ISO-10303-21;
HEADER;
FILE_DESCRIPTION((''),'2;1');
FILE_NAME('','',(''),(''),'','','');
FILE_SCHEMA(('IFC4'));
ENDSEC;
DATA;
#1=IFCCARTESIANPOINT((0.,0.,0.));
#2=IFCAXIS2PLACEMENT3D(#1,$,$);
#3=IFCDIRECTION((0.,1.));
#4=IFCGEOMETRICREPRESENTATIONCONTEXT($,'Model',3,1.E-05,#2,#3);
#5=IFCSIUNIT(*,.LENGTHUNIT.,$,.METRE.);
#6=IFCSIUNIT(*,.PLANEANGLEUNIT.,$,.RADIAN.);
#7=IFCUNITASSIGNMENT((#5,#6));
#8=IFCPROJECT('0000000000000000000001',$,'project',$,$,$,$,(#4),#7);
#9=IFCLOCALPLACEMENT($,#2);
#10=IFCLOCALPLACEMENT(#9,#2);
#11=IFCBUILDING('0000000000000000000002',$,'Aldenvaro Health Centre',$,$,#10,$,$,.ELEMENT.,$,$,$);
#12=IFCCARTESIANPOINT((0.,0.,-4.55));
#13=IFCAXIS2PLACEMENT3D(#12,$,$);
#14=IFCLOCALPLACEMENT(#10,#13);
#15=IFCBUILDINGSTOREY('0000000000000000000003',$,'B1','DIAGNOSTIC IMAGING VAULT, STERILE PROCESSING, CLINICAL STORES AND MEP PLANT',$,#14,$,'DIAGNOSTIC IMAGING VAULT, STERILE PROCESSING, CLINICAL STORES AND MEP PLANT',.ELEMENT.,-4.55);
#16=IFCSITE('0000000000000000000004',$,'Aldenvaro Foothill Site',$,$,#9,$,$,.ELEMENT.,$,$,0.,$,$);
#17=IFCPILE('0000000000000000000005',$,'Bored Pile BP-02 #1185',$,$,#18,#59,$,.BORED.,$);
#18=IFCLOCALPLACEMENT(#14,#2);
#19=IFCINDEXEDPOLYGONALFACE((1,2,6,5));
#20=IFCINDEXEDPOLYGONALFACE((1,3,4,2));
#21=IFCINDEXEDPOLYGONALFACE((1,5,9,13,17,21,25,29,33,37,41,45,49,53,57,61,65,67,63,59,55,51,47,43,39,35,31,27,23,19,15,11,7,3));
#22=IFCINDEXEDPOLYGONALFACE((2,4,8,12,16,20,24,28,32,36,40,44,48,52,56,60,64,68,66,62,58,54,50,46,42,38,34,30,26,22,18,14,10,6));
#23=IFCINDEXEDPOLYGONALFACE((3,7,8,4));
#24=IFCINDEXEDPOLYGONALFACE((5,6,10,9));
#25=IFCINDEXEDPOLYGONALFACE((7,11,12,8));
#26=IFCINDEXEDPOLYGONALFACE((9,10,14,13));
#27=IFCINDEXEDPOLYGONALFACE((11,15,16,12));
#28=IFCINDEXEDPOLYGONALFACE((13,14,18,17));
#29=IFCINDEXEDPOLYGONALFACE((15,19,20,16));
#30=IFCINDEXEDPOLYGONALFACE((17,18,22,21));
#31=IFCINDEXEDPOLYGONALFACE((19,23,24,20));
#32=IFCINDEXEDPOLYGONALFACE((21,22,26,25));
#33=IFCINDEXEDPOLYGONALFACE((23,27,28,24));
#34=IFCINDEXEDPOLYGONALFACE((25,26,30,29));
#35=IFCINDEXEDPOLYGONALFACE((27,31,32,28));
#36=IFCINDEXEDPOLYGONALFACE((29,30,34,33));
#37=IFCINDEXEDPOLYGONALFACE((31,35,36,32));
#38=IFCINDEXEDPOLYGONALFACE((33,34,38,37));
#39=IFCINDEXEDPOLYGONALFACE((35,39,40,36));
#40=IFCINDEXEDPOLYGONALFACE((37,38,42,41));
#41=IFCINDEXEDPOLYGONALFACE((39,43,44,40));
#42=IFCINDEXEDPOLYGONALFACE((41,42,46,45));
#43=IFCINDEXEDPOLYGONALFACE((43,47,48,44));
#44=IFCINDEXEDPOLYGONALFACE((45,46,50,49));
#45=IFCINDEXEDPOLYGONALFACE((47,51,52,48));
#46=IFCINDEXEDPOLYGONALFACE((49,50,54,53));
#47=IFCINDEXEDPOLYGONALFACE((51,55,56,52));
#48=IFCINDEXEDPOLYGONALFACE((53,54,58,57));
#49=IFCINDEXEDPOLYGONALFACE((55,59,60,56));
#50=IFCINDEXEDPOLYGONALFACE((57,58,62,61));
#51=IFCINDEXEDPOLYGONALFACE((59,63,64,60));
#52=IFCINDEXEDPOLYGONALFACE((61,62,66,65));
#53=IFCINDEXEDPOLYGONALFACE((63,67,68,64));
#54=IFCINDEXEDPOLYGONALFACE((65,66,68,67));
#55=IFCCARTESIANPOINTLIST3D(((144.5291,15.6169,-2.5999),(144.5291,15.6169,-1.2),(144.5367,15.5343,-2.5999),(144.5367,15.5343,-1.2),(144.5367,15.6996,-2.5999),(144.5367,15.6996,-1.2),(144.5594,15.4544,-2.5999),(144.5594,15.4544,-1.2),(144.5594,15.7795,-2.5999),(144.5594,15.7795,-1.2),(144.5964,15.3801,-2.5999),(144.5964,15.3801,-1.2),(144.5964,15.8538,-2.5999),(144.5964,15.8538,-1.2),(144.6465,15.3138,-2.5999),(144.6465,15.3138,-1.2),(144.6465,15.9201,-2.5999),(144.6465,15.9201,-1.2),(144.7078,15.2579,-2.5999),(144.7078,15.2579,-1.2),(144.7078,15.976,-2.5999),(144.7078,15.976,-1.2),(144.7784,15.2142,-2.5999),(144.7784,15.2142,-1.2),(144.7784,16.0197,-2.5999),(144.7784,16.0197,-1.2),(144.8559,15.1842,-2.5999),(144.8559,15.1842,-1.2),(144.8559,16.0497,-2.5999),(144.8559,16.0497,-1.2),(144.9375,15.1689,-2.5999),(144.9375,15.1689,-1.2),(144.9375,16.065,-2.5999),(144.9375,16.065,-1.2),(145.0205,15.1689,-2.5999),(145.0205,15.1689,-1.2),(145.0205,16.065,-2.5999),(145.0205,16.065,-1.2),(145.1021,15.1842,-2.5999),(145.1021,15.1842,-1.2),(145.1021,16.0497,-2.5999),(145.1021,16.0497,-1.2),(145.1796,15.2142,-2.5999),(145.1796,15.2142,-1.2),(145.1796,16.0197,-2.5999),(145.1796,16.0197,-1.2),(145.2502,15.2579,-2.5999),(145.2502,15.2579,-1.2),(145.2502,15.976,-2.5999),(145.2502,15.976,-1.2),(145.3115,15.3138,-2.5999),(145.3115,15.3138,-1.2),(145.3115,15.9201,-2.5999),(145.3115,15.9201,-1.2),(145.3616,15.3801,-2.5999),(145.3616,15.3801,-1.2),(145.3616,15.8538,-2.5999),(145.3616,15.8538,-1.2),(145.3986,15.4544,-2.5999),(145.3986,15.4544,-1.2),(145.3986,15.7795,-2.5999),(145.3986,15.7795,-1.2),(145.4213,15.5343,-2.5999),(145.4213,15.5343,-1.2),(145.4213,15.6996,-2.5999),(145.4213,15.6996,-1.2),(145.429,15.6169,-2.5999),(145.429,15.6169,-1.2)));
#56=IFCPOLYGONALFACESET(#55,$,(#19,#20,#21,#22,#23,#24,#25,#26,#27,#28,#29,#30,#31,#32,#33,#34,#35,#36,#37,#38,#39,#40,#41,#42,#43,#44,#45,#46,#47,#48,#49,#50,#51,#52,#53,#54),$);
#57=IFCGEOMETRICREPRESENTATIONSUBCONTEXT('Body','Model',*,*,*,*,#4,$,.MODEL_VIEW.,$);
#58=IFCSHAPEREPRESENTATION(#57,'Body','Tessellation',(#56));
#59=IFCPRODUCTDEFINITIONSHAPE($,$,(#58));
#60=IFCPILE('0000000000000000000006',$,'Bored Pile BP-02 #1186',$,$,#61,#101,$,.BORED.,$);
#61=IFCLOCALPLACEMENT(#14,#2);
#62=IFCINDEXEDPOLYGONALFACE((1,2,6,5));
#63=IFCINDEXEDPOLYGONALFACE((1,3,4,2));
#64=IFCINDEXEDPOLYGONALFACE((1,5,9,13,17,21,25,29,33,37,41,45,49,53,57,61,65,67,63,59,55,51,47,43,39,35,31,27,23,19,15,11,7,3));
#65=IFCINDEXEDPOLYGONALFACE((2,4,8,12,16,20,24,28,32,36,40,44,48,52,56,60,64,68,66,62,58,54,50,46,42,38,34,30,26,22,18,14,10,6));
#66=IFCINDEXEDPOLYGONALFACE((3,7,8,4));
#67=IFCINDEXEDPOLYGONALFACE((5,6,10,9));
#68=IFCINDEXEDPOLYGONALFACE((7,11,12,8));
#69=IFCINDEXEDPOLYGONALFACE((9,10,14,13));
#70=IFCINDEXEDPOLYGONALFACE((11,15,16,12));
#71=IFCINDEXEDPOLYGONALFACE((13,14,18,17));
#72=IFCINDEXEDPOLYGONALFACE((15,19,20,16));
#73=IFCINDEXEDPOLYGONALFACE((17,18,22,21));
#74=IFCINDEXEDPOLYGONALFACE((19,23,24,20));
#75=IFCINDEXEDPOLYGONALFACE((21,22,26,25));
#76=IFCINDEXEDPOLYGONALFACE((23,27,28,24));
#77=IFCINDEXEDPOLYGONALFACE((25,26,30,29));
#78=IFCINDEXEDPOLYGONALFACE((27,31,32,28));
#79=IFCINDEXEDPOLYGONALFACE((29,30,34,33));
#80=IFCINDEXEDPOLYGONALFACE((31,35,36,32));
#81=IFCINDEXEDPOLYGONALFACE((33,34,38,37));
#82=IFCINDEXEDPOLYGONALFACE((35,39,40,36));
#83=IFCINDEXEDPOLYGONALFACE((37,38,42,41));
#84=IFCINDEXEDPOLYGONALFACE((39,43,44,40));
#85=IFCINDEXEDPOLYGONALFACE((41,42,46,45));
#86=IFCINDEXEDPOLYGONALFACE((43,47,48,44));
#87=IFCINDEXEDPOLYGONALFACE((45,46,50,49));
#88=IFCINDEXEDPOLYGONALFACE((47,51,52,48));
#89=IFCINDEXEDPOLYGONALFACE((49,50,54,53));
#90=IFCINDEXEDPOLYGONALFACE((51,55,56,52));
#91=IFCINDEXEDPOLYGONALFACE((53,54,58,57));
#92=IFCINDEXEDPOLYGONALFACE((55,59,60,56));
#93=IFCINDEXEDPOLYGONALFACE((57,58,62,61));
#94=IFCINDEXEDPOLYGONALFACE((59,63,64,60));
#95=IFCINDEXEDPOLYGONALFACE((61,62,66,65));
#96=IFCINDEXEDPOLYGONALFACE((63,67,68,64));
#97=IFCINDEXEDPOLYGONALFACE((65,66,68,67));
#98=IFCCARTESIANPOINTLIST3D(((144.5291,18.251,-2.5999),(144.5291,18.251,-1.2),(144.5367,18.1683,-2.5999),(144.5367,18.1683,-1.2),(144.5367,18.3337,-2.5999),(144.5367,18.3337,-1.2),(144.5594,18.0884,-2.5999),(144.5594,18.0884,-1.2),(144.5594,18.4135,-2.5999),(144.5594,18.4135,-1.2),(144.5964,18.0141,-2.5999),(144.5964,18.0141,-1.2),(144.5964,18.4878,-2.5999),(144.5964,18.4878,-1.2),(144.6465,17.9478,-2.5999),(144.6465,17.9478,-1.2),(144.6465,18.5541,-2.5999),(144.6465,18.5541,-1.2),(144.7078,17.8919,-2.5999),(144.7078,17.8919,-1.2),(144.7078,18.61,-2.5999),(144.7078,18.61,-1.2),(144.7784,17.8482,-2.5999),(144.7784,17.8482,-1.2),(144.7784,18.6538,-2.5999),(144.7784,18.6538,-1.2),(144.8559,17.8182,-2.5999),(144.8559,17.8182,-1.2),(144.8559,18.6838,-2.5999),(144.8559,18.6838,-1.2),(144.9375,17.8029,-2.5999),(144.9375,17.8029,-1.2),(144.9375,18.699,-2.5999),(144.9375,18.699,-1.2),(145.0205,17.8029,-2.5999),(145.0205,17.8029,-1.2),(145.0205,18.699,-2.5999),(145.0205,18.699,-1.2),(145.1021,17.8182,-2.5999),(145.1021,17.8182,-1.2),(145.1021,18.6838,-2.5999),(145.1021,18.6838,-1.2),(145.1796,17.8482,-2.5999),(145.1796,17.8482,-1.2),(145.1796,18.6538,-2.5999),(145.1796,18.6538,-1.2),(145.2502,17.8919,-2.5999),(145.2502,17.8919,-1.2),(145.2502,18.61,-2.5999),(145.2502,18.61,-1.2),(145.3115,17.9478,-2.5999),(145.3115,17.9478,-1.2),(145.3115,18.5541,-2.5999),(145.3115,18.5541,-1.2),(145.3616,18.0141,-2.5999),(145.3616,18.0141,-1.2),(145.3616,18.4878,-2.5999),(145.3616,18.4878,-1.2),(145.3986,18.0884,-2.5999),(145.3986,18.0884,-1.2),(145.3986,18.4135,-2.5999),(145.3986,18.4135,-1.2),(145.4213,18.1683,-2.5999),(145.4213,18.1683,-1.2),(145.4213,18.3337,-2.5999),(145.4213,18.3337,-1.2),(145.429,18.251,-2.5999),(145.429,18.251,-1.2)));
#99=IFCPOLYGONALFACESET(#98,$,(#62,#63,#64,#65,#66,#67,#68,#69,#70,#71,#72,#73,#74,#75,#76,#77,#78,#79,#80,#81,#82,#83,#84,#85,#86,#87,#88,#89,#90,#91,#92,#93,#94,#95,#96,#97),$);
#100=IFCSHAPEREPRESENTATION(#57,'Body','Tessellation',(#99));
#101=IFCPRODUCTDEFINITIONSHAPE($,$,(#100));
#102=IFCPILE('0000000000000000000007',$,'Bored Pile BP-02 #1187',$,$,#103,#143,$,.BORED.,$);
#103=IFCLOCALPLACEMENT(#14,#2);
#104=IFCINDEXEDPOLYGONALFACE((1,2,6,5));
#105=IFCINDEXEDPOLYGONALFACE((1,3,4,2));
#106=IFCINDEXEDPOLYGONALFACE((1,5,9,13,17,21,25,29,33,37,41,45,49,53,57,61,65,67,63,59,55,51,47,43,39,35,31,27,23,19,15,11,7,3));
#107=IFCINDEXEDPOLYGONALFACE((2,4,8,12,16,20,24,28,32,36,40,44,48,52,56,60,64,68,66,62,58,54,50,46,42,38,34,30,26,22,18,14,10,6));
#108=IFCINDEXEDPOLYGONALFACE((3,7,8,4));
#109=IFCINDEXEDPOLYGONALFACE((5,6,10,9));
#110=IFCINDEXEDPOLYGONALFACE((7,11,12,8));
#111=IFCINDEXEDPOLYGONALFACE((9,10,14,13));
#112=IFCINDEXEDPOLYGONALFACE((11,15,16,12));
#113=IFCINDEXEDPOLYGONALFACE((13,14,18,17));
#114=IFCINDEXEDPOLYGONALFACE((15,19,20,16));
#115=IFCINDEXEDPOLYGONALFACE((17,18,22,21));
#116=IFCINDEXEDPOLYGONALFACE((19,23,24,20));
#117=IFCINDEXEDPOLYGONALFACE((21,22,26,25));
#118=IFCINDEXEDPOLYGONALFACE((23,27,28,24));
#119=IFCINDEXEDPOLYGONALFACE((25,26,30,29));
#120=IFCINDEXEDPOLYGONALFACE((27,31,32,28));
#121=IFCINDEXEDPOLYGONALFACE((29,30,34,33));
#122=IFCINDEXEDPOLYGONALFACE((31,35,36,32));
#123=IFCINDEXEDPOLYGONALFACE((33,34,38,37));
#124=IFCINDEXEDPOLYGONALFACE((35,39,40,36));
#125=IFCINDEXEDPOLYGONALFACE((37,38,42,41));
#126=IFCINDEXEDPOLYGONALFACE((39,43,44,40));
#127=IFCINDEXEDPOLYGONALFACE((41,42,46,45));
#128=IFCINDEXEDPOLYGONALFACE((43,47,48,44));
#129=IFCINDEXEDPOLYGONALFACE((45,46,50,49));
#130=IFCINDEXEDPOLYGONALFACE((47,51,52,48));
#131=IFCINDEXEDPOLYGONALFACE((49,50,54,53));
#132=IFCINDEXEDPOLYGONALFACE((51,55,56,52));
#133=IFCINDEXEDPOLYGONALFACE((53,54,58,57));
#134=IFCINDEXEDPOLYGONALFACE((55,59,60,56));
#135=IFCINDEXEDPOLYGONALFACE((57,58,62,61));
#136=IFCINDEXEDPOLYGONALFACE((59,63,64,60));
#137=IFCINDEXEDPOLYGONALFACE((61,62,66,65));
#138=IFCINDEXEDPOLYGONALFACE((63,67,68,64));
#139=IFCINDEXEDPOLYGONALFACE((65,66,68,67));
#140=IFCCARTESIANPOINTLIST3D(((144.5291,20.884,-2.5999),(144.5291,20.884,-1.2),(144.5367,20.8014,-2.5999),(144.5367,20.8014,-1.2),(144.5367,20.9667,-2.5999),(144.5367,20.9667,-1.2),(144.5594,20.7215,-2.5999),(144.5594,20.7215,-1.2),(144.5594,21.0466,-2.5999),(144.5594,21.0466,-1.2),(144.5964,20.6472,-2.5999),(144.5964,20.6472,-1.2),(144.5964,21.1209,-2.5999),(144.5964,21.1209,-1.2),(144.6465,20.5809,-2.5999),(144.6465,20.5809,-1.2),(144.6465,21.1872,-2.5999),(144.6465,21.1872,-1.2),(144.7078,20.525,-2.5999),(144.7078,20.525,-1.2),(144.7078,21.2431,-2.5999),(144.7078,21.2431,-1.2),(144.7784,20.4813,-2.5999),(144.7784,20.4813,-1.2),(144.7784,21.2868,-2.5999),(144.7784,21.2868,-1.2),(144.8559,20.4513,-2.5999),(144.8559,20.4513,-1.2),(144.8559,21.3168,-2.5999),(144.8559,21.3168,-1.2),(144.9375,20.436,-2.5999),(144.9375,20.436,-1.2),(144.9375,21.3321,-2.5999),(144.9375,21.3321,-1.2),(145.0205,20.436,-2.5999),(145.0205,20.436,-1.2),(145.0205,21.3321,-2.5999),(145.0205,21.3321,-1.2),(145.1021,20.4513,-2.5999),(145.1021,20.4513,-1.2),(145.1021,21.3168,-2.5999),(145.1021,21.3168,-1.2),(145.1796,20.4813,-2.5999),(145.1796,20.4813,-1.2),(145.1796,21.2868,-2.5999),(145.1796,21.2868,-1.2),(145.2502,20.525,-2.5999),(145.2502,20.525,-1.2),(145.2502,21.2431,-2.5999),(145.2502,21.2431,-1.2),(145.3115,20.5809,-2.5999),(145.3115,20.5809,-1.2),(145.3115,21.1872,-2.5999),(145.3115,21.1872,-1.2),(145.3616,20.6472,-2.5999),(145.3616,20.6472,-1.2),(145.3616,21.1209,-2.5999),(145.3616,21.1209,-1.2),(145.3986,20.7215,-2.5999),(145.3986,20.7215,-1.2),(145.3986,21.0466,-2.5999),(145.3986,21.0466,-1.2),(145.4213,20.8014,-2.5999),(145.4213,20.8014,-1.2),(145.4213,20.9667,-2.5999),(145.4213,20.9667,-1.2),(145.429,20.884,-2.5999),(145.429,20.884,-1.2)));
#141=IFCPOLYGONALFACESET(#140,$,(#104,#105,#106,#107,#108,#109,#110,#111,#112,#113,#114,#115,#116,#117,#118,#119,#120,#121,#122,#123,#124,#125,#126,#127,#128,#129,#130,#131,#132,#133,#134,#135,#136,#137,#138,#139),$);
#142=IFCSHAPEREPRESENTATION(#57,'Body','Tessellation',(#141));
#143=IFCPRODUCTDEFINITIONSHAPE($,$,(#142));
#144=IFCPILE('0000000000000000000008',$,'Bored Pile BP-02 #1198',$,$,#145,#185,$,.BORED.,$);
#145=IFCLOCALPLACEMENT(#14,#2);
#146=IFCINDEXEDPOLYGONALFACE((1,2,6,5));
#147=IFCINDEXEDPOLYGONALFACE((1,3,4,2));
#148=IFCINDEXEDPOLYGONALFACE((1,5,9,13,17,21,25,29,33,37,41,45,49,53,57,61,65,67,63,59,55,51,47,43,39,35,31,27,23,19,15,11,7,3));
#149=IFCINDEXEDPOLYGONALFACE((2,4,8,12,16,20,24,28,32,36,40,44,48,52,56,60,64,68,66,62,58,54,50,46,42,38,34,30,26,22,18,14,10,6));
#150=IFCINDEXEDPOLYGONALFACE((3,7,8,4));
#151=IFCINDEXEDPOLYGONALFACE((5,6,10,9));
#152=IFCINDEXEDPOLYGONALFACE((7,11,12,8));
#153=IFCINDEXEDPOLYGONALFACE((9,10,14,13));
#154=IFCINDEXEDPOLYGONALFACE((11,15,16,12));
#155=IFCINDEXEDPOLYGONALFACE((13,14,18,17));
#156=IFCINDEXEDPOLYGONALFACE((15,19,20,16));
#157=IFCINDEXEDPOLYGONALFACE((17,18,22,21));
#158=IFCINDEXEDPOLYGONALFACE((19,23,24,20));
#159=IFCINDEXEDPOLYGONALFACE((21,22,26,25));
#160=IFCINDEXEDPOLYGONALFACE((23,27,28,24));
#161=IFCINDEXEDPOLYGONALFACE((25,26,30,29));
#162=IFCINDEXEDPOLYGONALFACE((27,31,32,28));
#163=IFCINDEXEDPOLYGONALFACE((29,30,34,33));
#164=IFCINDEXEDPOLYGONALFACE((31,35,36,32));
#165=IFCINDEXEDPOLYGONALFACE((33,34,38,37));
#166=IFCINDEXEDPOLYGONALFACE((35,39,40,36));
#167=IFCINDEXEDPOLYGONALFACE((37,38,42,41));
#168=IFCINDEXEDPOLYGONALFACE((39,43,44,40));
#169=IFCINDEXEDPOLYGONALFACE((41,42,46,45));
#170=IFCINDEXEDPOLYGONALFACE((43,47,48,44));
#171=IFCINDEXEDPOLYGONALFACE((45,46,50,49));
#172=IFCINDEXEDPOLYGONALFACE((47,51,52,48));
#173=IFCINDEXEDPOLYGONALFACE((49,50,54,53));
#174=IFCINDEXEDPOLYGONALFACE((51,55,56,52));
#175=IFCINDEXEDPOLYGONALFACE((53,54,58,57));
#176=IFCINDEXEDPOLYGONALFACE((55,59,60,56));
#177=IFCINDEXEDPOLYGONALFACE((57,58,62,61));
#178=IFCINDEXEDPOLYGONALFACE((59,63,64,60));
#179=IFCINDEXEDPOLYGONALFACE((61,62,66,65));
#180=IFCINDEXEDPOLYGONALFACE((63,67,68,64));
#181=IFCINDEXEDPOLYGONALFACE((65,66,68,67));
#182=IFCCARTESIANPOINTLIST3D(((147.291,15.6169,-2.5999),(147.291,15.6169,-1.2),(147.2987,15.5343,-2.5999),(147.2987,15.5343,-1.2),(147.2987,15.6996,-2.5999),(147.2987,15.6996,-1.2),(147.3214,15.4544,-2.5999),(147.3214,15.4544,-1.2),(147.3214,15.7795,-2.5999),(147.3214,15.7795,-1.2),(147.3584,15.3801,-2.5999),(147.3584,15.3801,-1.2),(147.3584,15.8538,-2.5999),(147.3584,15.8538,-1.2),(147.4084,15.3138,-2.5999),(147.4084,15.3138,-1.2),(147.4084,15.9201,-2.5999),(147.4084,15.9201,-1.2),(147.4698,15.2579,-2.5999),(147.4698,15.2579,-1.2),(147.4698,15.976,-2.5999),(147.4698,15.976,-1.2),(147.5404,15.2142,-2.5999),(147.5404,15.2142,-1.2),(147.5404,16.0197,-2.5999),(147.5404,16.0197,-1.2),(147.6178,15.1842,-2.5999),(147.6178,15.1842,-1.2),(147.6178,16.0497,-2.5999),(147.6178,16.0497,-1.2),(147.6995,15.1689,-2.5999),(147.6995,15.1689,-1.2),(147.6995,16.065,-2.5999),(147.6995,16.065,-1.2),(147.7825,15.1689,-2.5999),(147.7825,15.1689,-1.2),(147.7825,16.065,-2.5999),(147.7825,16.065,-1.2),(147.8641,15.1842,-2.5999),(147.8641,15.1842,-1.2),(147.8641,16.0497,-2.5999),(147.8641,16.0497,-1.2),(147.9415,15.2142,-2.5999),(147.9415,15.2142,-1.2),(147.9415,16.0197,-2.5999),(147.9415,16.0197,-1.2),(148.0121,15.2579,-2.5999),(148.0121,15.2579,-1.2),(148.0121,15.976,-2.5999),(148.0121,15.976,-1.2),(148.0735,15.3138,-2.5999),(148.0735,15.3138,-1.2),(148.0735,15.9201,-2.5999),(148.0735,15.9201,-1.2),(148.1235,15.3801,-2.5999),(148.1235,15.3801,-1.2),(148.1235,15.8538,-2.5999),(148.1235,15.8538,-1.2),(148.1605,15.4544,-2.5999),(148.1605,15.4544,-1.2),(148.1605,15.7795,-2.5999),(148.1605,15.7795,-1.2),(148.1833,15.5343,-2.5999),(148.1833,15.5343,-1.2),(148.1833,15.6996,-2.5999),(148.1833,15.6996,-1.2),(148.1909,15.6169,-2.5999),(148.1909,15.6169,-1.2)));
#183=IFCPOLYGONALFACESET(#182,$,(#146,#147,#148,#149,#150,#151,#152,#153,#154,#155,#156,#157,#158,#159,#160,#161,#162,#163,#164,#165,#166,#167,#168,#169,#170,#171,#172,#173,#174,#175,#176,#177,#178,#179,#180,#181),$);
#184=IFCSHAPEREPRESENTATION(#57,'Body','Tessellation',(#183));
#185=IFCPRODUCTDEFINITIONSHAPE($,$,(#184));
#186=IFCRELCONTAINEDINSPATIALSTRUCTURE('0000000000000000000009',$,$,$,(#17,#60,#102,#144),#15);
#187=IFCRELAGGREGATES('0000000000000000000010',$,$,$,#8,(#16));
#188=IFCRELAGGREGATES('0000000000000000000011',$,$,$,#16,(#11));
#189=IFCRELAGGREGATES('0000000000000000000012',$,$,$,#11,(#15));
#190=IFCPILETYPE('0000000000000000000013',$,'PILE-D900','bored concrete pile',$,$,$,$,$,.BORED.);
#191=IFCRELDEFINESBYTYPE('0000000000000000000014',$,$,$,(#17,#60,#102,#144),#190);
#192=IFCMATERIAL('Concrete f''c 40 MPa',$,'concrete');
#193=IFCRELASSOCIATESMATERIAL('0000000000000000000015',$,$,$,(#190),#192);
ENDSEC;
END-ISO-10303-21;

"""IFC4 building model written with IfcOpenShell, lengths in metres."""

from ifc_helpers import new_model, si_unit, direction, frame, origin, origin_2d, place, context, subcontext, project, spatial, circle, extrude, material, material_profile, profile_set, type_object, element, save


model = new_model("IFC4")

# Units and contexts
model_context = context("Model", 3, precision=1e-05, world=origin(), true_north=direction((0.0, 1.0)))
body_context = subcontext(model_context, "Body", "Model", "MODEL_VIEW")
ifc_project = project(units=[si_unit("LENGTHUNIT", "METRE"), si_unit("PLANEANGLEUNIT", "RADIAN")], contexts=[model_context])

# Site, building, storey
site_placement = place(None, origin())
site = spatial("IfcSite", under=ifc_project, at=site_placement, Name="Aldenvaro Foothill Site", CompositionType="ELEMENT", RefElevation=0.0)
building_placement = place(site_placement, origin())
building = spatial("IfcBuilding", under=site, at=building_placement, Name="Aldenvaro Health Centre", CompositionType="ELEMENT")
storey_placement = place(building_placement, frame((0.0, 0.0, -4.55)))
storey = spatial("IfcBuildingStorey", under=building, at=storey_placement, Name="B1", Description="DIAGNOSTIC IMAGING VAULT, STERILE PROCESSING, CLINICAL STORES AND MEP PLANT", LongName="DIAGNOSTIC IMAGING VAULT, STERILE PROCESSING, CLINICAL STORES AND MEP PLANT", CompositionType="ELEMENT", Elevation=-4.55)

# Piles
ifc_material_1 = material(Name="Concrete f'c 40 MPa", Category="concrete")
ifc_material_profile_1 = material_profile(ifc_material_1, circle(Radius=0.45, at=origin_2d()), Name="PILE D900", Category="concrete")
ifc_profile_set_1 = profile_set([ifc_material_profile_1], Name="Concrete f'c 40 MPa")
pile_type = type_object("IfcPileType", Name="PILE-D900", Description="bored concrete pile", PredefinedType="BORED", material=ifc_profile_set_1)
for number, where, z_axis, x_axis, name in (
    (1, (144.979, 15.6169, -1.2), (0.0, 0.0, -1.0), (1.0, 0.0, 0.0), "Bored Pile BP-02 #1185"),
    (2, (144.979, 18.251, -1.2), (0.0, 0.0, -1.0), (1.0, 0.0, 0.0), "Bored Pile BP-02 #1186"),
    (3, (144.979, 20.884, -1.2), (0.0, 0.0, -1.0), (1.0, 0.0, 0.0), "Bored Pile BP-02 #1187"),
    (4, (147.741, 15.6169, -1.2), (0.0, 0.0, -1.0), (1.0, 0.0, 0.0), "Bored Pile BP-02 #1198"),
):
    element("IfcPile", number, at=place(storey_placement, frame(where, z_axis=z_axis, x_axis=x_axis)), inside=storey, type_object=pile_type, Name=name, PredefinedType="BORED", context=body_context, shape_type="SweptSolid", body=[
        extrude(circle(Radius=0.45, at=origin_2d()), origin(), (0.0, 0.0, 1.0), 1.3999),
    ])

save(model, "model.ifc")
